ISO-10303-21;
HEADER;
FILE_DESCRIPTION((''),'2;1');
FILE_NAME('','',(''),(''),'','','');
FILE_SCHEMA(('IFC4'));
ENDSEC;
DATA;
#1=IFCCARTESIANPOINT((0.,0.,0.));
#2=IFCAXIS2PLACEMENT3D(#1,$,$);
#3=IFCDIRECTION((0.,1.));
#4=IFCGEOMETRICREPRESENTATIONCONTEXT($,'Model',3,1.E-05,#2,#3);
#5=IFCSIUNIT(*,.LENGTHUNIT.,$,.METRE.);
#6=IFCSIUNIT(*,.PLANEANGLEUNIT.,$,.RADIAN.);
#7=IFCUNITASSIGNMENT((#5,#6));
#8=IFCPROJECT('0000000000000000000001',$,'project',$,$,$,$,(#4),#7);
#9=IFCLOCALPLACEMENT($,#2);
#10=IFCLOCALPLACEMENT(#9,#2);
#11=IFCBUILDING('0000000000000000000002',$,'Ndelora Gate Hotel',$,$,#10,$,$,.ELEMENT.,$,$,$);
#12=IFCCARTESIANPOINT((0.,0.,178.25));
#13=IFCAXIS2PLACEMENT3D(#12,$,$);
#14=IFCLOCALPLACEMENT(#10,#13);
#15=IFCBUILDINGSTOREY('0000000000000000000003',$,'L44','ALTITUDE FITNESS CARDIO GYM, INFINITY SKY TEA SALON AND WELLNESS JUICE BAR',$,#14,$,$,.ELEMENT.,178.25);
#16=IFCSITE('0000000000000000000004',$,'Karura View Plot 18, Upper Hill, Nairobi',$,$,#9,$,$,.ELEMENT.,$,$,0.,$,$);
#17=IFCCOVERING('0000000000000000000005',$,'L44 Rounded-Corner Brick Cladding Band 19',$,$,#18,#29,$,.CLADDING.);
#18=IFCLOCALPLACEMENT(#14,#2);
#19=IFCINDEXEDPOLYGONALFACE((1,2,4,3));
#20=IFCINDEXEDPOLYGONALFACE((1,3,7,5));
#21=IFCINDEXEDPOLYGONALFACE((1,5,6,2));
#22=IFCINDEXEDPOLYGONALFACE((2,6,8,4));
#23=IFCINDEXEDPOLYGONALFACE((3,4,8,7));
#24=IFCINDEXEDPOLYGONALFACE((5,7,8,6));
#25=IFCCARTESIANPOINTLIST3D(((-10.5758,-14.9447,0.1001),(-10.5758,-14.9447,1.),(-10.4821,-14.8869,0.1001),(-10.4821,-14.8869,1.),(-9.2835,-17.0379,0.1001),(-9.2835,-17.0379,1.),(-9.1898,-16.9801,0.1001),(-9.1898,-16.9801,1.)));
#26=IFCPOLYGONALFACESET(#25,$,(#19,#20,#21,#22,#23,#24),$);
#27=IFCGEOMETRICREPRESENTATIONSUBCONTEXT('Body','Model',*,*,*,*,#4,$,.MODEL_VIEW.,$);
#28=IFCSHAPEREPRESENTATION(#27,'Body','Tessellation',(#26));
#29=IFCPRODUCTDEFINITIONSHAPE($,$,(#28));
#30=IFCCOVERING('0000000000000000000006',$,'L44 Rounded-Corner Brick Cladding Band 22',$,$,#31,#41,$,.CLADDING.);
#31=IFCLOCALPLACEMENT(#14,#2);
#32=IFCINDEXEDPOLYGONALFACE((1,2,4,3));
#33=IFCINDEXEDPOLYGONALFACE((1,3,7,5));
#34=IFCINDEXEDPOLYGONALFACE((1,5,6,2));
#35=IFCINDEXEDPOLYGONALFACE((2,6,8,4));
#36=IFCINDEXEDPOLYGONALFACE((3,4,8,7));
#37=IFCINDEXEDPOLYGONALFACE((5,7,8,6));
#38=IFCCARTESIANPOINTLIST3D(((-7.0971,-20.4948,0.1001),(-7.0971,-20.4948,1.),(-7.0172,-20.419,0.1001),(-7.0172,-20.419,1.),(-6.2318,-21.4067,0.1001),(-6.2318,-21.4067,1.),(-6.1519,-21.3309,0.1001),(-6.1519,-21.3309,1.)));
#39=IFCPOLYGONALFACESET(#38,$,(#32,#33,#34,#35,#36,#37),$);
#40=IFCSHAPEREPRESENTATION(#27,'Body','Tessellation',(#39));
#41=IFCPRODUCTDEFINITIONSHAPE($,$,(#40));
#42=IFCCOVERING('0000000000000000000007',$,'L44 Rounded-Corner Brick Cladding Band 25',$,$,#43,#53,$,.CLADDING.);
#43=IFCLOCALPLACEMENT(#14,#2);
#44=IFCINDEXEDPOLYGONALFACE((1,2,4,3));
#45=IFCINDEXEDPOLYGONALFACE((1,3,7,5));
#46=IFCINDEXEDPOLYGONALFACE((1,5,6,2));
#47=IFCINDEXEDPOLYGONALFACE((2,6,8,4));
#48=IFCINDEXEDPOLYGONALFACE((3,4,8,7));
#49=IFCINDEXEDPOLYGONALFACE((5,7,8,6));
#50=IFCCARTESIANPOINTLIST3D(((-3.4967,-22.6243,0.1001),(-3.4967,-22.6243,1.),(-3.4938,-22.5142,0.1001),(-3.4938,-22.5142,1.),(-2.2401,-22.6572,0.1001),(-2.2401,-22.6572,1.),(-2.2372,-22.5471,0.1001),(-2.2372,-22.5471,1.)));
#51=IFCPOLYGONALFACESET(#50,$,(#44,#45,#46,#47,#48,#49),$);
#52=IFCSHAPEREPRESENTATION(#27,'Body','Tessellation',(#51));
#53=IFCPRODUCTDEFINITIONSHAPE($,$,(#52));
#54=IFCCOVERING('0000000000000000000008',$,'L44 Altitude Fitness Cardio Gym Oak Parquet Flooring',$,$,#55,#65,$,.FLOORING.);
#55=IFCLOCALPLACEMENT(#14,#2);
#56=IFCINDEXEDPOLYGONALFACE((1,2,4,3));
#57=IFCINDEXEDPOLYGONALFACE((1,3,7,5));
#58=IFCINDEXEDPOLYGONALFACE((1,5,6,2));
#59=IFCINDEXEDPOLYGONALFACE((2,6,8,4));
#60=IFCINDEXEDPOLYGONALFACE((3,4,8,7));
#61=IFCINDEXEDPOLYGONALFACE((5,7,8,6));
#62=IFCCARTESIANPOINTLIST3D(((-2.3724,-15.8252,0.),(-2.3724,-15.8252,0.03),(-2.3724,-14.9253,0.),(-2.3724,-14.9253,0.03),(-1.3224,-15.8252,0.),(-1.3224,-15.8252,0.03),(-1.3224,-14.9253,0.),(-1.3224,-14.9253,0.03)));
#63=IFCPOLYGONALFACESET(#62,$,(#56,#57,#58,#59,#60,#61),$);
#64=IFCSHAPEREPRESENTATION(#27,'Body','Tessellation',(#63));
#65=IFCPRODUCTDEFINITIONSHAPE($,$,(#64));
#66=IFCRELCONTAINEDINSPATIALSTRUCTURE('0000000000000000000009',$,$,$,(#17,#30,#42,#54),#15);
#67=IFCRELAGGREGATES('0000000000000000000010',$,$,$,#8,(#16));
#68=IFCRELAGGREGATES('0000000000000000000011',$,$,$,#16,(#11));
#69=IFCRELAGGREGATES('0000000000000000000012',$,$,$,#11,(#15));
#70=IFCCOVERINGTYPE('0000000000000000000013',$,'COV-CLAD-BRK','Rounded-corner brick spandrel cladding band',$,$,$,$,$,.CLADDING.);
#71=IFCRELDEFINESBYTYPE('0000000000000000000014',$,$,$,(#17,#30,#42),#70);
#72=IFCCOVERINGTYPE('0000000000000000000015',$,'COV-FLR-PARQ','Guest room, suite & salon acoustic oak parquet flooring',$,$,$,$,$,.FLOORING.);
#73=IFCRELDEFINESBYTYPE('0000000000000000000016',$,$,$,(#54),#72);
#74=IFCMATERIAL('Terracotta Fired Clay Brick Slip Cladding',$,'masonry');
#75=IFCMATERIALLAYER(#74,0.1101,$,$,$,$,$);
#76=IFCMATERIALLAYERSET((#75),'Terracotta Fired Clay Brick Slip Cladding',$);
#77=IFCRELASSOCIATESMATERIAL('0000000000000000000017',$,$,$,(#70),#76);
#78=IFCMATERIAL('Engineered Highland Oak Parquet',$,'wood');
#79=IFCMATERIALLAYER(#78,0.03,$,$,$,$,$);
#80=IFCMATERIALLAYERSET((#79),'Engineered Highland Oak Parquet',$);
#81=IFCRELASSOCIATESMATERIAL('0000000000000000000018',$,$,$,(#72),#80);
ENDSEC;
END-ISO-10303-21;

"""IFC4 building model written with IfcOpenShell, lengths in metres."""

from ifc_helpers import new_model, si_unit, direction, frame, origin, origin_2d, place, context, subcontext, project, spatial, rectangle, extrude, material, layer, layer_set, type_object, element, save


model = new_model("IFC4")

# Units and contexts
model_context = context("Model", 3, precision=1e-05, world=origin(), true_north=direction((0.0, 1.0)))
body_context = subcontext(model_context, "Body", "Model", "MODEL_VIEW")
ifc_project = project(units=[si_unit("LENGTHUNIT", "METRE"), si_unit("PLANEANGLEUNIT", "RADIAN")], contexts=[model_context])

# Site, building, storey
site_placement = place(None, origin())
site = spatial("IfcSite", under=ifc_project, at=site_placement, Name="Karura View Plot 18, Upper Hill, Nairobi", CompositionType="ELEMENT", RefElevation=0.0)
building_placement = place(site_placement, origin())
building = spatial("IfcBuilding", under=site, at=building_placement, Name="Ndelora Gate Hotel", CompositionType="ELEMENT")
storey_placement = place(building_placement, frame((0.0, 0.0, 178.25)))
storey = spatial("IfcBuildingStorey", under=building, at=storey_placement, Name="L44", Description="ALTITUDE FITNESS CARDIO GYM, INFINITY SKY TEA SALON AND WELLNESS JUICE BAR", CompositionType="ELEMENT", Elevation=178.25)

# Coverings
ifc_material_1 = material(Name="Terracotta Fired Clay Brick Slip Cladding", Category="masonry")
ifc_layer_1 = layer(ifc_material_1, 0.1101)
ifc_layer_set_1 = layer_set([ifc_layer_1], Name="Terracotta Fired Clay Brick Slip Cladding")
covering_type_1 = type_object("IfcCoveringType", Name="COV-CLAD-BRK", Description="Rounded-corner brick spandrel cladding band", PredefinedType="CLADDING", material=ifc_layer_set_1)
covering_1_placement = place(storey_placement, frame((-9.8828, -15.9624, 0.1001), z_axis=(0.0, 0.0, 1.0), x_axis=(-0.525323, 0.850903, 0.0)))
element("IfcCovering", 1, at=covering_1_placement, inside=storey, type_object=covering_type_1, Name="L44 Rounded-Corner Brick Cladding Band 19", PredefinedType="CLADDING", context=body_context, shape_type="SweptSolid", body=[
    extrude(rectangle(XDim=2.46, YDim=0.1101, at=origin_2d()), origin(), (0.0, 0.0, 1.0), 0.8999),
])
for number, where, z_axis, x_axis, name in (
    (2, (-6.6245, -20.9128, 0.1001), (0.0, 0.0, 1.0), (-0.688355, 0.725374, 0.0), "L44 Rounded-Corner Brick Cladding Band 22"),
    (3, (-2.8669, -22.5857, 0.1001), (0.0, 0.0, 1.0), (-0.999657, 0.026177, 0.0), "L44 Rounded-Corner Brick Cladding Band 25"),
):
    element("IfcCovering", number, at=place(storey_placement, frame(where, z_axis=z_axis, x_axis=x_axis)), inside=storey, type_object=covering_type_1, Name=name, PredefinedType="CLADDING", context=body_context, shape_type="SweptSolid", body=[
        extrude(rectangle(XDim=1.2571, YDim=0.1101, at=origin_2d()), origin(), (0.0, 0.0, 1.0), 0.8999),
    ])
ifc_material_2 = material(Name="Engineered Highland Oak Parquet", Category="wood")
ifc_layer_2 = layer(ifc_material_2, 0.03)
ifc_layer_set_2 = layer_set([ifc_layer_2], Name="Engineered Highland Oak Parquet")
covering_type_2 = type_object("IfcCoveringType", Name="COV-FLR-PARQ", Description="Guest room, suite & salon acoustic oak parquet flooring", PredefinedType="FLOORING", material=ifc_layer_set_2)
covering_2_placement = place(storey_placement, frame((-1.8474, -15.3752, 0.0), z_axis=(0.0, 0.0, 1.0), x_axis=(1.0, 0.0, 0.0)))
element("IfcCovering", 4, at=covering_2_placement, inside=storey, type_object=covering_type_2, Name="L44 Altitude Fitness Cardio Gym Oak Parquet Flooring", PredefinedType="FLOORING", context=body_context, shape_type="SweptSolid", body=[
    extrude(rectangle(XDim=1.05, YDim=0.8999, at=origin_2d()), origin(), (0.0, 0.0, 1.0), 0.03),
])

save(model, "model.ifc")
